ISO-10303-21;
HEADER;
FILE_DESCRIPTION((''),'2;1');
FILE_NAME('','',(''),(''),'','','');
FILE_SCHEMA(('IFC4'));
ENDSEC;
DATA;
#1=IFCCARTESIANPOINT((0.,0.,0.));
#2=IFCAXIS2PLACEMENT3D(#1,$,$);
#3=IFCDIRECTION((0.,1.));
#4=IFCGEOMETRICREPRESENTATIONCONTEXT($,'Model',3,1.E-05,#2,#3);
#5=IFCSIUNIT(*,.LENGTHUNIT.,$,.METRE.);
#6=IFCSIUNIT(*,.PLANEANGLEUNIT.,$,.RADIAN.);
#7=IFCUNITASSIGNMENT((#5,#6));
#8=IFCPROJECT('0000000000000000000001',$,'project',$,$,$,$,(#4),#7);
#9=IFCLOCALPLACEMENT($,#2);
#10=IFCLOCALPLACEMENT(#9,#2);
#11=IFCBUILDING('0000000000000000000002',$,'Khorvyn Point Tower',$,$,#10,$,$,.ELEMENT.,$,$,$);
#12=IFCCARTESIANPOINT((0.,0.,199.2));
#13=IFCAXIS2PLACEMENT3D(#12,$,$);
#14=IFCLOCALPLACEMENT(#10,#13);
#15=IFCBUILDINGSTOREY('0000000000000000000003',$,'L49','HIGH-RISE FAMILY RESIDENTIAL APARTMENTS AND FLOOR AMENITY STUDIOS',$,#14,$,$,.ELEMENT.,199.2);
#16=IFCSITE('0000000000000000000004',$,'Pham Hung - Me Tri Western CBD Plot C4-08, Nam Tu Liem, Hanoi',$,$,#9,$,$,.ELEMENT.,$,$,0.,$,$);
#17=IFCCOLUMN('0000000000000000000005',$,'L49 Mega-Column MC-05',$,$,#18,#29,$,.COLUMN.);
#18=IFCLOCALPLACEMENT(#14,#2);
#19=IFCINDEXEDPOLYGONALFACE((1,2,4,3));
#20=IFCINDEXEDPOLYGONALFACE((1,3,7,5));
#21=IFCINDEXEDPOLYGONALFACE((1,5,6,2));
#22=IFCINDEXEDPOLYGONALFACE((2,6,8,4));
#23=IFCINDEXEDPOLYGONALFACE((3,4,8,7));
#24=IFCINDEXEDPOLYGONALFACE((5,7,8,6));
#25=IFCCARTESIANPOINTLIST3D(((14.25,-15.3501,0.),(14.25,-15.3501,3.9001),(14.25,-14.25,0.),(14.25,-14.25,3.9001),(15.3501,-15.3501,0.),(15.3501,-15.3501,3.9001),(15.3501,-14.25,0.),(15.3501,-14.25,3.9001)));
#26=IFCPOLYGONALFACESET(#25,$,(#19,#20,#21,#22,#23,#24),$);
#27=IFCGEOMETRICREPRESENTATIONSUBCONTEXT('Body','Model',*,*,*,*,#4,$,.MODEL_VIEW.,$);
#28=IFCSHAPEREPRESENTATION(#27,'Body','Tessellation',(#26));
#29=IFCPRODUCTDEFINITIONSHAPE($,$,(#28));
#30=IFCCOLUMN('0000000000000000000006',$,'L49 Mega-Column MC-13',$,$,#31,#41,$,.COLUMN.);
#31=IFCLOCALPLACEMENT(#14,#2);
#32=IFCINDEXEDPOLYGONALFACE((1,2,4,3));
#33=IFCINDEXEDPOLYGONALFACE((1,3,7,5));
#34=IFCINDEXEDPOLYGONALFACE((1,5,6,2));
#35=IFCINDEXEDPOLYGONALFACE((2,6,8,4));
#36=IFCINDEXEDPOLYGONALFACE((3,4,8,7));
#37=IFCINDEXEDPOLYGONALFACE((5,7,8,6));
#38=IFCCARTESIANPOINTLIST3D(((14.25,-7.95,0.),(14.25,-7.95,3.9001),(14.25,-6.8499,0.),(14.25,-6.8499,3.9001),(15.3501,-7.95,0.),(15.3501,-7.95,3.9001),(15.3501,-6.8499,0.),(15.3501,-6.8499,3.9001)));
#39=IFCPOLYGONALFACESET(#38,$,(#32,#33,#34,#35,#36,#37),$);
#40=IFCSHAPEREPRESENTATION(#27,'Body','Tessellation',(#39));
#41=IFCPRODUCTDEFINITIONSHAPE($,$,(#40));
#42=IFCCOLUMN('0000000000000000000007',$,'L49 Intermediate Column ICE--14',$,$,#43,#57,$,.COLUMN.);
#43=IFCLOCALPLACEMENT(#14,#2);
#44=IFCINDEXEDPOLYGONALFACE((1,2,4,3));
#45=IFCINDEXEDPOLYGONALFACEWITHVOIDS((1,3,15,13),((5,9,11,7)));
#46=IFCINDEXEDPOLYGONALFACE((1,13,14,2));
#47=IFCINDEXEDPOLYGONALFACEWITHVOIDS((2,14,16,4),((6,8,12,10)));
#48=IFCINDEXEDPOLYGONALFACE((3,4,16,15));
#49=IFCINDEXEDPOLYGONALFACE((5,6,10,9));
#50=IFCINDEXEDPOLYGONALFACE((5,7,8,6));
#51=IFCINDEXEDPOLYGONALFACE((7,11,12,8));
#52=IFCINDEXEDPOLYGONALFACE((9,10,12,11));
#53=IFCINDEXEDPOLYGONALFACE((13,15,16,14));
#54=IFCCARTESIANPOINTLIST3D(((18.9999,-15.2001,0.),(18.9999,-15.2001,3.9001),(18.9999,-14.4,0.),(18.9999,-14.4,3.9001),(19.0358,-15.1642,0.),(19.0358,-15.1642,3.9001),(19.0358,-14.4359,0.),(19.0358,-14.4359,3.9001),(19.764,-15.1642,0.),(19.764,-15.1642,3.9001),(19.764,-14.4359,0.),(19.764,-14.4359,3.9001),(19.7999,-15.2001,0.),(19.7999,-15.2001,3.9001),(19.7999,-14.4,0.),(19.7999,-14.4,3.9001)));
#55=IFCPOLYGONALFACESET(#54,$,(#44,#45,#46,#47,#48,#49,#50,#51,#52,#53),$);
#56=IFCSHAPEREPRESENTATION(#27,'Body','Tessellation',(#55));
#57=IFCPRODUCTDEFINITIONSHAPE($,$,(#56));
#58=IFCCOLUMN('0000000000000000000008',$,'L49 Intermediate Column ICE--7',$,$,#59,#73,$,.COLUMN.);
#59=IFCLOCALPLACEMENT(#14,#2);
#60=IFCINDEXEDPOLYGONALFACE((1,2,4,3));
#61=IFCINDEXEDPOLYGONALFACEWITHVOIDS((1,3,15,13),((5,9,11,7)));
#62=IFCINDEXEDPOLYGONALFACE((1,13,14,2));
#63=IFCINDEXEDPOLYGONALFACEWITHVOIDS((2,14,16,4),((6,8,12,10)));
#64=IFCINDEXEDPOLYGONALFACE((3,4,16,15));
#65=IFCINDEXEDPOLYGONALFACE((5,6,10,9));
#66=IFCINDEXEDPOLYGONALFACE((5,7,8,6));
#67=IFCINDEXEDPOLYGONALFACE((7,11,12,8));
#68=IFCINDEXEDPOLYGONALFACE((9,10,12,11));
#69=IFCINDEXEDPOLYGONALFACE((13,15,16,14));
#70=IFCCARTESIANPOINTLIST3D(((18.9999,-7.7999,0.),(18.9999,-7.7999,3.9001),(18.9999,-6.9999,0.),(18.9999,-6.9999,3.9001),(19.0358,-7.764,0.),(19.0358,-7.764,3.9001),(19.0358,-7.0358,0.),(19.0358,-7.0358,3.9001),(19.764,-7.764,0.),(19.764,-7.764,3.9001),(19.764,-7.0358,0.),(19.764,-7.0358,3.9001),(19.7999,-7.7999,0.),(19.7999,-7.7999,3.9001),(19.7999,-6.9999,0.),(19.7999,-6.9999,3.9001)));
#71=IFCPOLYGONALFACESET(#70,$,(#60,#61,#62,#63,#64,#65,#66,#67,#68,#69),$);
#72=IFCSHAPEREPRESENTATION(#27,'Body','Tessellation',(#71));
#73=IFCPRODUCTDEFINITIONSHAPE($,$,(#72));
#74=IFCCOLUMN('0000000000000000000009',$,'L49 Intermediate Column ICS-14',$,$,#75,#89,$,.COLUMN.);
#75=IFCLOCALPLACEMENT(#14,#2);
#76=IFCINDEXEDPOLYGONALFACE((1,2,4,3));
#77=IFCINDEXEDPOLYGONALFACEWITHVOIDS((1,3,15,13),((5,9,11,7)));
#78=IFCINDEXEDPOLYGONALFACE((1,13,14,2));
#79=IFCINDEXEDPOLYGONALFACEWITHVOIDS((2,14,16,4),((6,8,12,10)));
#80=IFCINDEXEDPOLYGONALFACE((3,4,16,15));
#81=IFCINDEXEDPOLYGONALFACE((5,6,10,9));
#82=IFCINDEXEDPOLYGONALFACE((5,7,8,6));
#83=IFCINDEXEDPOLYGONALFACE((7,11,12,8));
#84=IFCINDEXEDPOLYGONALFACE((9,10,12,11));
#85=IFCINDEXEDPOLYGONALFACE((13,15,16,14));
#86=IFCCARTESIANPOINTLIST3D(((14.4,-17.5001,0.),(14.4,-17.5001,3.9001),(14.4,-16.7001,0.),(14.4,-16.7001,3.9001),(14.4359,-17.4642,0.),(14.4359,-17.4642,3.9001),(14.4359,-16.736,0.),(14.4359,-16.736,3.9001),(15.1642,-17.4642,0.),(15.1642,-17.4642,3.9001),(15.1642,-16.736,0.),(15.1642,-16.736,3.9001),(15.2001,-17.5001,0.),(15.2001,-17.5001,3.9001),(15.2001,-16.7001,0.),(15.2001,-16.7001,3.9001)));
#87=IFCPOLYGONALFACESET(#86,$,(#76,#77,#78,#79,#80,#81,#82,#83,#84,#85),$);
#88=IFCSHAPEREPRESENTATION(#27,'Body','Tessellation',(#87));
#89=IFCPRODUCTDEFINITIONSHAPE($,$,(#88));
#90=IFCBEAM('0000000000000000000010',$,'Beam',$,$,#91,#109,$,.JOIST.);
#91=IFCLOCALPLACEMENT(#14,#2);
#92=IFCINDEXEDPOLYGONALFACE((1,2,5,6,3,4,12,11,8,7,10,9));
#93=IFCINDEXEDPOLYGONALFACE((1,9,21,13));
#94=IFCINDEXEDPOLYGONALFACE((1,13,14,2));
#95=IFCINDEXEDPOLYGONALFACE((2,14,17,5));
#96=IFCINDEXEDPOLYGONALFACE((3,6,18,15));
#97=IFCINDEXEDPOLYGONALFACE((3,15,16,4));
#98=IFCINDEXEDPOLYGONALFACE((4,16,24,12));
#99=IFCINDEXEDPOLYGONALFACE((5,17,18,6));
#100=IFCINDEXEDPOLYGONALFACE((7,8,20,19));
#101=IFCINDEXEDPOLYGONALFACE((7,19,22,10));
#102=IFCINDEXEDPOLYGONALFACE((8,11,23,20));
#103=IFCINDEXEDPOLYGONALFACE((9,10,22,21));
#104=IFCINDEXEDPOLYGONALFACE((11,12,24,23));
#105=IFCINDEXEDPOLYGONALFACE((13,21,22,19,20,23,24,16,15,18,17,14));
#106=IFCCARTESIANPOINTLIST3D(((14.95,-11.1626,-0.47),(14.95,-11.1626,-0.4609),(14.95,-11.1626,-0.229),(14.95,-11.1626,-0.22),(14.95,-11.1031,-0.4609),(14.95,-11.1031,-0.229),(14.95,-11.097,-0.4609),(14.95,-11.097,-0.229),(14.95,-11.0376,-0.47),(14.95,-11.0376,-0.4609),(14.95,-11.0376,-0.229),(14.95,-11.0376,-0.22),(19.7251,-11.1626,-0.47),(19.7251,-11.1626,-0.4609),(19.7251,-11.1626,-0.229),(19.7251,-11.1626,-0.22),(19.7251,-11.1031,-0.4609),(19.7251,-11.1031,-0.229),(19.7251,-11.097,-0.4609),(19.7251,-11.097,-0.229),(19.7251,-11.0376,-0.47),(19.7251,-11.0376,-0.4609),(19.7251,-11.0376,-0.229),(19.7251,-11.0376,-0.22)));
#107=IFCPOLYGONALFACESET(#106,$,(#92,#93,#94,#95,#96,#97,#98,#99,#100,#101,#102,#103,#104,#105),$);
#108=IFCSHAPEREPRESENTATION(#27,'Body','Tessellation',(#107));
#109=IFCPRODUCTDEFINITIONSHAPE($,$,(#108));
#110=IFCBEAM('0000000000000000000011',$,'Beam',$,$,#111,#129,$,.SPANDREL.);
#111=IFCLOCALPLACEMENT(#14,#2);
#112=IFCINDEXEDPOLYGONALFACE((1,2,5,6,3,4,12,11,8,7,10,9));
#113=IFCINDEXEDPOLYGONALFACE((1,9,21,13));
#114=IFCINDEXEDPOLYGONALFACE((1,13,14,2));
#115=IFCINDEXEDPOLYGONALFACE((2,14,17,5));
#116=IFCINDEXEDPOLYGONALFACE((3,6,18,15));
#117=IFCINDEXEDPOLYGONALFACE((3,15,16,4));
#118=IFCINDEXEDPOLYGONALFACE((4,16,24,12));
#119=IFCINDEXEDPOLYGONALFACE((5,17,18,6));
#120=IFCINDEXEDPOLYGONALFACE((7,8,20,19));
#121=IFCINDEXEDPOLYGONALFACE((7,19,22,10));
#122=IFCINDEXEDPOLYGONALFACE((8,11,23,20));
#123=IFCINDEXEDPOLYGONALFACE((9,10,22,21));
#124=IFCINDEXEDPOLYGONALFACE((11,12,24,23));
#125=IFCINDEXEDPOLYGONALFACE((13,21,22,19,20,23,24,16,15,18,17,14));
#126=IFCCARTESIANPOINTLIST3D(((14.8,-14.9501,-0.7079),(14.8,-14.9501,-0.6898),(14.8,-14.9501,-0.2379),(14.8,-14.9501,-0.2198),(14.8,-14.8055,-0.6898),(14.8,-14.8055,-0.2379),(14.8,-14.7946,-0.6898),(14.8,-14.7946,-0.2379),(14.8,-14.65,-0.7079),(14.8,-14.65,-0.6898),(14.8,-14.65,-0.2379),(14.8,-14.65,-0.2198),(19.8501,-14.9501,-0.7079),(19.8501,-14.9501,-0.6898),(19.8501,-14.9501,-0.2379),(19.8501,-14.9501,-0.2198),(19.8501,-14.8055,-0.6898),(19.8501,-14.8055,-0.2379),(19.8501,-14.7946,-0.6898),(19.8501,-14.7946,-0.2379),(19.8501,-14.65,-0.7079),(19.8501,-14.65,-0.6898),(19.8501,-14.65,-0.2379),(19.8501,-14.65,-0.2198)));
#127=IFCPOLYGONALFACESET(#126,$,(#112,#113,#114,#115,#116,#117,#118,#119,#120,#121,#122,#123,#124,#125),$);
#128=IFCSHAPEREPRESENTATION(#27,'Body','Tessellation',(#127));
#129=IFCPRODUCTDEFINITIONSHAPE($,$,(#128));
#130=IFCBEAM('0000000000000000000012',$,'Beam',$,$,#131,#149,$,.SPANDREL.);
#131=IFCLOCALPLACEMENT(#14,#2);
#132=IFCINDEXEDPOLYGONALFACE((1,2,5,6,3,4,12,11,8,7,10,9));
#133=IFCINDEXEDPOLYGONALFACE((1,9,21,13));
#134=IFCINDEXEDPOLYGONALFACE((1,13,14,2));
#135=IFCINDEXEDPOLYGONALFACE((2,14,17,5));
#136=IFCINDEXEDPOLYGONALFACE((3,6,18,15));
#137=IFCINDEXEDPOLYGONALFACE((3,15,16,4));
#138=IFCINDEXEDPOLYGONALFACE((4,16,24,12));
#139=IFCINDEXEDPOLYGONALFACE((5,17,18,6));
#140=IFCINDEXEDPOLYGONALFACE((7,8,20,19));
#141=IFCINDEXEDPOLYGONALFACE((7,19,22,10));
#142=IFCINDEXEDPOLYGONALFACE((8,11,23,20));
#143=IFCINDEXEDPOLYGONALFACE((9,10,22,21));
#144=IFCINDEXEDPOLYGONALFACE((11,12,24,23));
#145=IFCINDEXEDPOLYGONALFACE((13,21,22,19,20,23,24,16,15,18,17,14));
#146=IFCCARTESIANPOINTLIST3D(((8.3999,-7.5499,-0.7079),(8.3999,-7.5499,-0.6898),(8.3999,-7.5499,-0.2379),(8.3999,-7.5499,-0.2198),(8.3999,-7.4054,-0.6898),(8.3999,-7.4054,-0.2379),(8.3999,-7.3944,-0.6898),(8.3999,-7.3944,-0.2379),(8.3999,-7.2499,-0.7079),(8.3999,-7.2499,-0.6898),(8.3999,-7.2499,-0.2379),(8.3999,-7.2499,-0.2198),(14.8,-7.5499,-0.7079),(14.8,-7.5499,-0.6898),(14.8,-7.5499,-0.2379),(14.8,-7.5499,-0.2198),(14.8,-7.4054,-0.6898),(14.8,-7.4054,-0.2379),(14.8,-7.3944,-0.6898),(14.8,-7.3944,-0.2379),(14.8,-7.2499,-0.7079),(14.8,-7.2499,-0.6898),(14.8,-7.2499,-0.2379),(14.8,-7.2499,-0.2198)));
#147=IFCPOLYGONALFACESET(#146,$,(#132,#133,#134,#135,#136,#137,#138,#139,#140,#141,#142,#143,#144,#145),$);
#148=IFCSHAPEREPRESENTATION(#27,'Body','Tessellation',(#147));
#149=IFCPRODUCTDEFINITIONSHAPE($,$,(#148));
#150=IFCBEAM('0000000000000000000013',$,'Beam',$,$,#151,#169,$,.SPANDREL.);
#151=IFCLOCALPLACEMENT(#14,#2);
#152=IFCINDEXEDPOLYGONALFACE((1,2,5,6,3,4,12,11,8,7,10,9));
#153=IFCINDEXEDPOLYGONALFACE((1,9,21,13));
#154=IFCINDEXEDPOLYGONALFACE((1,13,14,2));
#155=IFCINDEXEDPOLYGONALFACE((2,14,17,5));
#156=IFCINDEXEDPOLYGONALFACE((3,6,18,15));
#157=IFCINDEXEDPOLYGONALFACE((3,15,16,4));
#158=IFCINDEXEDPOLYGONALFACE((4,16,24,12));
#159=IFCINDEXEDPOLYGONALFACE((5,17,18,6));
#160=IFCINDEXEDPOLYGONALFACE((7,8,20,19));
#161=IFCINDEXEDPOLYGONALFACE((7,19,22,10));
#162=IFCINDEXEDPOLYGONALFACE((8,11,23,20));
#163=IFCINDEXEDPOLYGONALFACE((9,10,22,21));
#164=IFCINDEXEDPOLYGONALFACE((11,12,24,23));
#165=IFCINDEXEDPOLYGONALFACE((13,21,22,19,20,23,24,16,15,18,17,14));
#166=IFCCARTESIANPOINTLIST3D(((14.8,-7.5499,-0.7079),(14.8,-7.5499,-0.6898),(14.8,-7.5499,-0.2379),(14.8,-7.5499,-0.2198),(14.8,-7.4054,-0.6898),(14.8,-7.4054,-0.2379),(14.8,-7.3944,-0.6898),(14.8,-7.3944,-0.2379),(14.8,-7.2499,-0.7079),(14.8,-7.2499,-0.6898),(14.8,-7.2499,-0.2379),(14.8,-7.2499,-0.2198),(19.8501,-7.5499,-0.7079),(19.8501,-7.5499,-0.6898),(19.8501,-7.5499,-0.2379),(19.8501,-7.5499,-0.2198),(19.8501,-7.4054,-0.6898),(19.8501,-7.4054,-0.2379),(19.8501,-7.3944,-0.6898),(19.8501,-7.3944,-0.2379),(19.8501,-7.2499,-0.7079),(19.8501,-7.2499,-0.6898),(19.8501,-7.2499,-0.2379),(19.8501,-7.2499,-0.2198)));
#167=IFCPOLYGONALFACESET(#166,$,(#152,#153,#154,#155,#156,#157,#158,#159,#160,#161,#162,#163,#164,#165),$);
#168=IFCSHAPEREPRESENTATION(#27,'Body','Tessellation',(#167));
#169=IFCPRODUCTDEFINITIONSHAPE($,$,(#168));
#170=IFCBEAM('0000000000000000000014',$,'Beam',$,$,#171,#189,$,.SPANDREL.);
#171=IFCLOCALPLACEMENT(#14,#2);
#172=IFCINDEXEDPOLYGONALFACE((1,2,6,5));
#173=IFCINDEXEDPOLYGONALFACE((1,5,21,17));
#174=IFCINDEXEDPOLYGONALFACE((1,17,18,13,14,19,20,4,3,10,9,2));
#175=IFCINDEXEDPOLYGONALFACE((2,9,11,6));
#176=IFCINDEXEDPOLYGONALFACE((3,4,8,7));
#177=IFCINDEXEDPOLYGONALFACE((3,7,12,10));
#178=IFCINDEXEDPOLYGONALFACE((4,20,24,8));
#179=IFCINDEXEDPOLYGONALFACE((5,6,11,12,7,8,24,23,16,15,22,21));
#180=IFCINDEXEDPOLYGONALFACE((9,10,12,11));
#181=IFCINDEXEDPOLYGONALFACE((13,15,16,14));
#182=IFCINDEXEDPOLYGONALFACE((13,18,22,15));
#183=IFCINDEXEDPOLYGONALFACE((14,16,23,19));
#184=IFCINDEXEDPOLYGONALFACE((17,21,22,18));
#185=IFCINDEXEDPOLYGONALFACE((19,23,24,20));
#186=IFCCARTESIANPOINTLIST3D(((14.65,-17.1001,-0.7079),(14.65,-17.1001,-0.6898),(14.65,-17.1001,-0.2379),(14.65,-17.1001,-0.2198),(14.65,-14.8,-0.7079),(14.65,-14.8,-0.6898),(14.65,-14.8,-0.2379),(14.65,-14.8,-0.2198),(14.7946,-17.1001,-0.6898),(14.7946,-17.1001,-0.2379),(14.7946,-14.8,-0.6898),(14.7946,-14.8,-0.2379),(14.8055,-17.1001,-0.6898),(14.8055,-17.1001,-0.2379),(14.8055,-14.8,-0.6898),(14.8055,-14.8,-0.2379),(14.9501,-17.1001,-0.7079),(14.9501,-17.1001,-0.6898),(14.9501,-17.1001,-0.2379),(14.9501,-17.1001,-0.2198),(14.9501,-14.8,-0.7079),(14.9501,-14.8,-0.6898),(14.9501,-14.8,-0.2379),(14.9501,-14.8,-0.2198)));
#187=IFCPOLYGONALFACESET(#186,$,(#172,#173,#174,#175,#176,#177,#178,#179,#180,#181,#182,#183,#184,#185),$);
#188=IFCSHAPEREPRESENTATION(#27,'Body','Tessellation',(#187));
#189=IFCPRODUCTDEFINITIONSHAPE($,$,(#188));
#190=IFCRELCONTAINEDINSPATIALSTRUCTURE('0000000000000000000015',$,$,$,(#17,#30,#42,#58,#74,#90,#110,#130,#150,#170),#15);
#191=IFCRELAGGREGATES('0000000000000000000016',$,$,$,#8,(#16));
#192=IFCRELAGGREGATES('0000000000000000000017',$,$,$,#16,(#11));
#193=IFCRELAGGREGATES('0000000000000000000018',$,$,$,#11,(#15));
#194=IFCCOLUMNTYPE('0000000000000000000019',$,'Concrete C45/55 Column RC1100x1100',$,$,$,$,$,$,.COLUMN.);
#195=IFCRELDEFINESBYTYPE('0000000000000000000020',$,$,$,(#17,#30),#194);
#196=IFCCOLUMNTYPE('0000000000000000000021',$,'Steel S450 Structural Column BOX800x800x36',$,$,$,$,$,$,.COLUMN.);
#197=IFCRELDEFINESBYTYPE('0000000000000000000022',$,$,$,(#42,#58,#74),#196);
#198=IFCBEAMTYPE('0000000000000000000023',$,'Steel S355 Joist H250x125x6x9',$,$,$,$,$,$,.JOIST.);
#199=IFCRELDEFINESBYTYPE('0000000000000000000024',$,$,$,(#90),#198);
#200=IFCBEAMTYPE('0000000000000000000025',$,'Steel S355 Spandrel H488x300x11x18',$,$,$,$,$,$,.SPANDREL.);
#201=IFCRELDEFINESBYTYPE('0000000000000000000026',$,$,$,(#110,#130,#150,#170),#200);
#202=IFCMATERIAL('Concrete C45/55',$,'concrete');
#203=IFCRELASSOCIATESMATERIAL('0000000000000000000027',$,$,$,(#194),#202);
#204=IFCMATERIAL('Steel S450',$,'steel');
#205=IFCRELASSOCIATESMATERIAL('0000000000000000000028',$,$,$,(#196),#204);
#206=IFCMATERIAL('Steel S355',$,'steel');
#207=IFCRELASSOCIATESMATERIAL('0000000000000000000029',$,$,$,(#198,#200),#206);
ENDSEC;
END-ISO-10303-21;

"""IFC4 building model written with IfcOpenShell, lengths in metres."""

from ifc_helpers import new_model, si_unit, direction, frame, origin, origin_2d, place, context, subcontext, project, spatial, rectangle, hollow_rectangle, i_section, extrude, material, material_profile, profile_set, type_object, element, save


model = new_model("IFC4")

# Units and contexts
model_context = context("Model", 3, precision=1e-05, world=origin(), true_north=direction((0.0, 1.0)))
body_context = subcontext(model_context, "Body", "Model", "MODEL_VIEW")
ifc_project = project(units=[si_unit("LENGTHUNIT", "METRE"), si_unit("PLANEANGLEUNIT", "RADIAN")], contexts=[model_context])

# Site, building, storey
site_placement = place(None, origin())
site = spatial("IfcSite", under=ifc_project, at=site_placement, Name="Pham Hung - Me Tri Western CBD Plot C4-08, Nam Tu Liem, Hanoi", CompositionType="ELEMENT", RefElevation=0.0)
building_placement = place(site_placement, origin())
building = spatial("IfcBuilding", under=site, at=building_placement, Name="Khorvyn Point Tower", CompositionType="ELEMENT")
storey_placement = place(building_placement, frame((0.0, 0.0, 199.2)))
storey = spatial("IfcBuildingStorey", under=building, at=storey_placement, Name="L49", Description="HIGH-RISE FAMILY RESIDENTIAL APARTMENTS AND FLOOR AMENITY STUDIOS", CompositionType="ELEMENT", Elevation=199.2)

# Columns
ifc_material_1 = material(Name="Concrete C45/55", Category="concrete")
ifc_material_profile_1 = material_profile(ifc_material_1, rectangle(XDim=1.1001, YDim=1.1001, at=origin_2d()))
ifc_profile_set_1 = profile_set([ifc_material_profile_1], Name="Concrete C45/55 RC1100x1100")
column_type_1 = type_object("IfcColumnType", Name="Concrete C45/55 Column RC1100x1100", PredefinedType="COLUMN", material=ifc_profile_set_1)
for number, where, z_axis, x_axis, name in (
    (1, (14.8, -14.8, 0.0), (0.0, 0.0, 1.0), (1.0, 0.0, 0.0), "L49 Mega-Column MC-05"),
    (2, (14.8, -7.3999, 0.0), (0.0, 0.0, 1.0), (1.0, 0.0, 0.0), "L49 Mega-Column MC-13"),
):
    element("IfcColumn", number, at=place(storey_placement, frame(where, z_axis=z_axis, x_axis=x_axis)), inside=storey, type_object=column_type_1, Name=name, PredefinedType="COLUMN", context=body_context, shape_type="SweptSolid", body=[
        extrude(rectangle(XDim=1.1001, YDim=1.1001, at=origin_2d()), origin(), (0.0, 0.0, 1.0), 3.9001),
    ])
ifc_material_2 = material(Name="Steel S450", Category="steel")
ifc_material_profile_2 = material_profile(ifc_material_2, hollow_rectangle(XDim=0.8, YDim=0.8, WallThickness=0.0359, at=origin_2d()))
ifc_profile_set_2 = profile_set([ifc_material_profile_2], Name="Steel S450 BOX800x800x36")
column_type_2 = type_object("IfcColumnType", Name="Steel S450 Structural Column BOX800x800x36", PredefinedType="COLUMN", material=ifc_profile_set_2)
for number, where, z_axis, x_axis, name in (
    (3, (19.3999, -14.8, 0.0), (0.0, 0.0, 1.0), (1.0, 0.0, 0.0), "L49 Intermediate Column ICE--14"),
    (4, (19.3999, -7.3999, 0.0), (0.0, 0.0, 1.0), (1.0, 0.0, 0.0), "L49 Intermediate Column ICE--7"),
    (5, (14.8, -17.1001, 0.0), (0.0, 0.0, 1.0), (1.0, 0.0, 0.0), "L49 Intermediate Column ICS-14"),
):
    element("IfcColumn", number, at=place(storey_placement, frame(where, z_axis=z_axis, x_axis=x_axis)), inside=storey, type_object=column_type_2, Name=name, PredefinedType="COLUMN", context=body_context, shape_type="SweptSolid", body=[
        extrude(hollow_rectangle(XDim=0.8, YDim=0.8, WallThickness=0.0359, at=origin_2d()), origin(), (0.0, 0.0, 1.0), 3.9001),
    ])

# Beams
ifc_material_3 = material(Name="Steel S355", Category="steel")
ifc_material_profile_3 = material_profile(ifc_material_3, i_section(OverallWidth=0.125, OverallDepth=0.25, WebThickness=0.0061, FlangeThickness=0.009, at=origin_2d()))
ifc_profile_set_3 = profile_set([ifc_material_profile_3], Name="Steel S355 H250x125x6x9")
beam_type_1 = type_object("IfcBeamType", Name="Steel S355 Joist H250x125x6x9", PredefinedType="JOIST", material=ifc_profile_set_3)
beam_1_placement = place(storey_placement, frame((14.95, -11.1001, -0.345), z_axis=(1.0, 0.0, 0.0), x_axis=(0.0, 1.0, 0.0)))
element("IfcBeam", 6, at=beam_1_placement, inside=storey, type_object=beam_type_1, Name="Beam", PredefinedType="JOIST", context=body_context, shape_type="SweptSolid", body=[
    extrude(i_section(OverallWidth=0.125, OverallDepth=0.25, WebThickness=0.0061, FlangeThickness=0.009, at=origin_2d()), origin(), (0.0, 0.0, 1.0), 4.7751),
])
ifc_material_profile_4 = material_profile(ifc_material_3, i_section(OverallWidth=0.3, OverallDepth=0.488, WebThickness=0.011, FlangeThickness=0.0181, at=origin_2d()))
ifc_profile_set_4 = profile_set([ifc_material_profile_4], Name="Steel S355 H488x300x11x18")
beam_type_2 = type_object("IfcBeamType", Name="Steel S355 Spandrel H488x300x11x18", PredefinedType="SPANDREL", material=ifc_profile_set_4)
beam_2_placement = place(storey_placement, frame((14.8, -14.8, -0.4639), z_axis=(1.0, 0.0, 0.0), x_axis=(0.0, 1.0, 0.0)))
element("IfcBeam", 7, at=beam_2_placement, inside=storey, type_object=beam_type_2, Name="Beam", PredefinedType="SPANDREL", context=body_context, shape_type="SweptSolid", body=[
    extrude(i_section(OverallWidth=0.3, OverallDepth=0.488, WebThickness=0.011, FlangeThickness=0.0181, at=origin_2d()), origin(), (0.0, 0.0, 1.0), 5.05),
])
beam_3_placement = place(storey_placement, frame((8.3999, -7.3999, -0.4639), z_axis=(1.0, 0.0, 0.0), x_axis=(0.0, 1.0, 0.0)))
element("IfcBeam", 8, at=beam_3_placement, inside=storey, type_object=beam_type_2, Name="Beam", PredefinedType="SPANDREL", context=body_context, shape_type="SweptSolid", body=[
    extrude(i_section(OverallWidth=0.3, OverallDepth=0.488, WebThickness=0.011, FlangeThickness=0.0181, at=origin_2d()), origin(), (0.0, 0.0, 1.0), 6.4001),
])
beam_4_placement = place(storey_placement, frame((14.8, -7.3999, -0.4639), z_axis=(1.0, 0.0, 0.0), x_axis=(0.0, 1.0, 0.0)))
element("IfcBeam", 9, at=beam_4_placement, inside=storey, type_object=beam_type_2, Name="Beam", PredefinedType="SPANDREL", context=body_context, shape_type="SweptSolid", body=[
    extrude(i_section(OverallWidth=0.3, OverallDepth=0.488, WebThickness=0.011, FlangeThickness=0.0181, at=origin_2d()), origin(), (0.0, 0.0, 1.0), 5.05),
])
beam_5_placement = place(storey_placement, frame((14.8, -17.1001, -0.4639), z_axis=(0.0, 1.0, 0.0), x_axis=(-1.0, 0.0, 0.0)))
element("IfcBeam", 10, at=beam_5_placement, inside=storey, type_object=beam_type_2, Name="Beam", PredefinedType="SPANDREL", context=body_context, shape_type="SweptSolid", body=[
    extrude(i_section(OverallWidth=0.3, OverallDepth=0.488, WebThickness=0.011, FlangeThickness=0.0181, at=origin_2d()), origin(), (0.0, 0.0, 1.0), 2.3),
])

save(model, "model.ifc")
